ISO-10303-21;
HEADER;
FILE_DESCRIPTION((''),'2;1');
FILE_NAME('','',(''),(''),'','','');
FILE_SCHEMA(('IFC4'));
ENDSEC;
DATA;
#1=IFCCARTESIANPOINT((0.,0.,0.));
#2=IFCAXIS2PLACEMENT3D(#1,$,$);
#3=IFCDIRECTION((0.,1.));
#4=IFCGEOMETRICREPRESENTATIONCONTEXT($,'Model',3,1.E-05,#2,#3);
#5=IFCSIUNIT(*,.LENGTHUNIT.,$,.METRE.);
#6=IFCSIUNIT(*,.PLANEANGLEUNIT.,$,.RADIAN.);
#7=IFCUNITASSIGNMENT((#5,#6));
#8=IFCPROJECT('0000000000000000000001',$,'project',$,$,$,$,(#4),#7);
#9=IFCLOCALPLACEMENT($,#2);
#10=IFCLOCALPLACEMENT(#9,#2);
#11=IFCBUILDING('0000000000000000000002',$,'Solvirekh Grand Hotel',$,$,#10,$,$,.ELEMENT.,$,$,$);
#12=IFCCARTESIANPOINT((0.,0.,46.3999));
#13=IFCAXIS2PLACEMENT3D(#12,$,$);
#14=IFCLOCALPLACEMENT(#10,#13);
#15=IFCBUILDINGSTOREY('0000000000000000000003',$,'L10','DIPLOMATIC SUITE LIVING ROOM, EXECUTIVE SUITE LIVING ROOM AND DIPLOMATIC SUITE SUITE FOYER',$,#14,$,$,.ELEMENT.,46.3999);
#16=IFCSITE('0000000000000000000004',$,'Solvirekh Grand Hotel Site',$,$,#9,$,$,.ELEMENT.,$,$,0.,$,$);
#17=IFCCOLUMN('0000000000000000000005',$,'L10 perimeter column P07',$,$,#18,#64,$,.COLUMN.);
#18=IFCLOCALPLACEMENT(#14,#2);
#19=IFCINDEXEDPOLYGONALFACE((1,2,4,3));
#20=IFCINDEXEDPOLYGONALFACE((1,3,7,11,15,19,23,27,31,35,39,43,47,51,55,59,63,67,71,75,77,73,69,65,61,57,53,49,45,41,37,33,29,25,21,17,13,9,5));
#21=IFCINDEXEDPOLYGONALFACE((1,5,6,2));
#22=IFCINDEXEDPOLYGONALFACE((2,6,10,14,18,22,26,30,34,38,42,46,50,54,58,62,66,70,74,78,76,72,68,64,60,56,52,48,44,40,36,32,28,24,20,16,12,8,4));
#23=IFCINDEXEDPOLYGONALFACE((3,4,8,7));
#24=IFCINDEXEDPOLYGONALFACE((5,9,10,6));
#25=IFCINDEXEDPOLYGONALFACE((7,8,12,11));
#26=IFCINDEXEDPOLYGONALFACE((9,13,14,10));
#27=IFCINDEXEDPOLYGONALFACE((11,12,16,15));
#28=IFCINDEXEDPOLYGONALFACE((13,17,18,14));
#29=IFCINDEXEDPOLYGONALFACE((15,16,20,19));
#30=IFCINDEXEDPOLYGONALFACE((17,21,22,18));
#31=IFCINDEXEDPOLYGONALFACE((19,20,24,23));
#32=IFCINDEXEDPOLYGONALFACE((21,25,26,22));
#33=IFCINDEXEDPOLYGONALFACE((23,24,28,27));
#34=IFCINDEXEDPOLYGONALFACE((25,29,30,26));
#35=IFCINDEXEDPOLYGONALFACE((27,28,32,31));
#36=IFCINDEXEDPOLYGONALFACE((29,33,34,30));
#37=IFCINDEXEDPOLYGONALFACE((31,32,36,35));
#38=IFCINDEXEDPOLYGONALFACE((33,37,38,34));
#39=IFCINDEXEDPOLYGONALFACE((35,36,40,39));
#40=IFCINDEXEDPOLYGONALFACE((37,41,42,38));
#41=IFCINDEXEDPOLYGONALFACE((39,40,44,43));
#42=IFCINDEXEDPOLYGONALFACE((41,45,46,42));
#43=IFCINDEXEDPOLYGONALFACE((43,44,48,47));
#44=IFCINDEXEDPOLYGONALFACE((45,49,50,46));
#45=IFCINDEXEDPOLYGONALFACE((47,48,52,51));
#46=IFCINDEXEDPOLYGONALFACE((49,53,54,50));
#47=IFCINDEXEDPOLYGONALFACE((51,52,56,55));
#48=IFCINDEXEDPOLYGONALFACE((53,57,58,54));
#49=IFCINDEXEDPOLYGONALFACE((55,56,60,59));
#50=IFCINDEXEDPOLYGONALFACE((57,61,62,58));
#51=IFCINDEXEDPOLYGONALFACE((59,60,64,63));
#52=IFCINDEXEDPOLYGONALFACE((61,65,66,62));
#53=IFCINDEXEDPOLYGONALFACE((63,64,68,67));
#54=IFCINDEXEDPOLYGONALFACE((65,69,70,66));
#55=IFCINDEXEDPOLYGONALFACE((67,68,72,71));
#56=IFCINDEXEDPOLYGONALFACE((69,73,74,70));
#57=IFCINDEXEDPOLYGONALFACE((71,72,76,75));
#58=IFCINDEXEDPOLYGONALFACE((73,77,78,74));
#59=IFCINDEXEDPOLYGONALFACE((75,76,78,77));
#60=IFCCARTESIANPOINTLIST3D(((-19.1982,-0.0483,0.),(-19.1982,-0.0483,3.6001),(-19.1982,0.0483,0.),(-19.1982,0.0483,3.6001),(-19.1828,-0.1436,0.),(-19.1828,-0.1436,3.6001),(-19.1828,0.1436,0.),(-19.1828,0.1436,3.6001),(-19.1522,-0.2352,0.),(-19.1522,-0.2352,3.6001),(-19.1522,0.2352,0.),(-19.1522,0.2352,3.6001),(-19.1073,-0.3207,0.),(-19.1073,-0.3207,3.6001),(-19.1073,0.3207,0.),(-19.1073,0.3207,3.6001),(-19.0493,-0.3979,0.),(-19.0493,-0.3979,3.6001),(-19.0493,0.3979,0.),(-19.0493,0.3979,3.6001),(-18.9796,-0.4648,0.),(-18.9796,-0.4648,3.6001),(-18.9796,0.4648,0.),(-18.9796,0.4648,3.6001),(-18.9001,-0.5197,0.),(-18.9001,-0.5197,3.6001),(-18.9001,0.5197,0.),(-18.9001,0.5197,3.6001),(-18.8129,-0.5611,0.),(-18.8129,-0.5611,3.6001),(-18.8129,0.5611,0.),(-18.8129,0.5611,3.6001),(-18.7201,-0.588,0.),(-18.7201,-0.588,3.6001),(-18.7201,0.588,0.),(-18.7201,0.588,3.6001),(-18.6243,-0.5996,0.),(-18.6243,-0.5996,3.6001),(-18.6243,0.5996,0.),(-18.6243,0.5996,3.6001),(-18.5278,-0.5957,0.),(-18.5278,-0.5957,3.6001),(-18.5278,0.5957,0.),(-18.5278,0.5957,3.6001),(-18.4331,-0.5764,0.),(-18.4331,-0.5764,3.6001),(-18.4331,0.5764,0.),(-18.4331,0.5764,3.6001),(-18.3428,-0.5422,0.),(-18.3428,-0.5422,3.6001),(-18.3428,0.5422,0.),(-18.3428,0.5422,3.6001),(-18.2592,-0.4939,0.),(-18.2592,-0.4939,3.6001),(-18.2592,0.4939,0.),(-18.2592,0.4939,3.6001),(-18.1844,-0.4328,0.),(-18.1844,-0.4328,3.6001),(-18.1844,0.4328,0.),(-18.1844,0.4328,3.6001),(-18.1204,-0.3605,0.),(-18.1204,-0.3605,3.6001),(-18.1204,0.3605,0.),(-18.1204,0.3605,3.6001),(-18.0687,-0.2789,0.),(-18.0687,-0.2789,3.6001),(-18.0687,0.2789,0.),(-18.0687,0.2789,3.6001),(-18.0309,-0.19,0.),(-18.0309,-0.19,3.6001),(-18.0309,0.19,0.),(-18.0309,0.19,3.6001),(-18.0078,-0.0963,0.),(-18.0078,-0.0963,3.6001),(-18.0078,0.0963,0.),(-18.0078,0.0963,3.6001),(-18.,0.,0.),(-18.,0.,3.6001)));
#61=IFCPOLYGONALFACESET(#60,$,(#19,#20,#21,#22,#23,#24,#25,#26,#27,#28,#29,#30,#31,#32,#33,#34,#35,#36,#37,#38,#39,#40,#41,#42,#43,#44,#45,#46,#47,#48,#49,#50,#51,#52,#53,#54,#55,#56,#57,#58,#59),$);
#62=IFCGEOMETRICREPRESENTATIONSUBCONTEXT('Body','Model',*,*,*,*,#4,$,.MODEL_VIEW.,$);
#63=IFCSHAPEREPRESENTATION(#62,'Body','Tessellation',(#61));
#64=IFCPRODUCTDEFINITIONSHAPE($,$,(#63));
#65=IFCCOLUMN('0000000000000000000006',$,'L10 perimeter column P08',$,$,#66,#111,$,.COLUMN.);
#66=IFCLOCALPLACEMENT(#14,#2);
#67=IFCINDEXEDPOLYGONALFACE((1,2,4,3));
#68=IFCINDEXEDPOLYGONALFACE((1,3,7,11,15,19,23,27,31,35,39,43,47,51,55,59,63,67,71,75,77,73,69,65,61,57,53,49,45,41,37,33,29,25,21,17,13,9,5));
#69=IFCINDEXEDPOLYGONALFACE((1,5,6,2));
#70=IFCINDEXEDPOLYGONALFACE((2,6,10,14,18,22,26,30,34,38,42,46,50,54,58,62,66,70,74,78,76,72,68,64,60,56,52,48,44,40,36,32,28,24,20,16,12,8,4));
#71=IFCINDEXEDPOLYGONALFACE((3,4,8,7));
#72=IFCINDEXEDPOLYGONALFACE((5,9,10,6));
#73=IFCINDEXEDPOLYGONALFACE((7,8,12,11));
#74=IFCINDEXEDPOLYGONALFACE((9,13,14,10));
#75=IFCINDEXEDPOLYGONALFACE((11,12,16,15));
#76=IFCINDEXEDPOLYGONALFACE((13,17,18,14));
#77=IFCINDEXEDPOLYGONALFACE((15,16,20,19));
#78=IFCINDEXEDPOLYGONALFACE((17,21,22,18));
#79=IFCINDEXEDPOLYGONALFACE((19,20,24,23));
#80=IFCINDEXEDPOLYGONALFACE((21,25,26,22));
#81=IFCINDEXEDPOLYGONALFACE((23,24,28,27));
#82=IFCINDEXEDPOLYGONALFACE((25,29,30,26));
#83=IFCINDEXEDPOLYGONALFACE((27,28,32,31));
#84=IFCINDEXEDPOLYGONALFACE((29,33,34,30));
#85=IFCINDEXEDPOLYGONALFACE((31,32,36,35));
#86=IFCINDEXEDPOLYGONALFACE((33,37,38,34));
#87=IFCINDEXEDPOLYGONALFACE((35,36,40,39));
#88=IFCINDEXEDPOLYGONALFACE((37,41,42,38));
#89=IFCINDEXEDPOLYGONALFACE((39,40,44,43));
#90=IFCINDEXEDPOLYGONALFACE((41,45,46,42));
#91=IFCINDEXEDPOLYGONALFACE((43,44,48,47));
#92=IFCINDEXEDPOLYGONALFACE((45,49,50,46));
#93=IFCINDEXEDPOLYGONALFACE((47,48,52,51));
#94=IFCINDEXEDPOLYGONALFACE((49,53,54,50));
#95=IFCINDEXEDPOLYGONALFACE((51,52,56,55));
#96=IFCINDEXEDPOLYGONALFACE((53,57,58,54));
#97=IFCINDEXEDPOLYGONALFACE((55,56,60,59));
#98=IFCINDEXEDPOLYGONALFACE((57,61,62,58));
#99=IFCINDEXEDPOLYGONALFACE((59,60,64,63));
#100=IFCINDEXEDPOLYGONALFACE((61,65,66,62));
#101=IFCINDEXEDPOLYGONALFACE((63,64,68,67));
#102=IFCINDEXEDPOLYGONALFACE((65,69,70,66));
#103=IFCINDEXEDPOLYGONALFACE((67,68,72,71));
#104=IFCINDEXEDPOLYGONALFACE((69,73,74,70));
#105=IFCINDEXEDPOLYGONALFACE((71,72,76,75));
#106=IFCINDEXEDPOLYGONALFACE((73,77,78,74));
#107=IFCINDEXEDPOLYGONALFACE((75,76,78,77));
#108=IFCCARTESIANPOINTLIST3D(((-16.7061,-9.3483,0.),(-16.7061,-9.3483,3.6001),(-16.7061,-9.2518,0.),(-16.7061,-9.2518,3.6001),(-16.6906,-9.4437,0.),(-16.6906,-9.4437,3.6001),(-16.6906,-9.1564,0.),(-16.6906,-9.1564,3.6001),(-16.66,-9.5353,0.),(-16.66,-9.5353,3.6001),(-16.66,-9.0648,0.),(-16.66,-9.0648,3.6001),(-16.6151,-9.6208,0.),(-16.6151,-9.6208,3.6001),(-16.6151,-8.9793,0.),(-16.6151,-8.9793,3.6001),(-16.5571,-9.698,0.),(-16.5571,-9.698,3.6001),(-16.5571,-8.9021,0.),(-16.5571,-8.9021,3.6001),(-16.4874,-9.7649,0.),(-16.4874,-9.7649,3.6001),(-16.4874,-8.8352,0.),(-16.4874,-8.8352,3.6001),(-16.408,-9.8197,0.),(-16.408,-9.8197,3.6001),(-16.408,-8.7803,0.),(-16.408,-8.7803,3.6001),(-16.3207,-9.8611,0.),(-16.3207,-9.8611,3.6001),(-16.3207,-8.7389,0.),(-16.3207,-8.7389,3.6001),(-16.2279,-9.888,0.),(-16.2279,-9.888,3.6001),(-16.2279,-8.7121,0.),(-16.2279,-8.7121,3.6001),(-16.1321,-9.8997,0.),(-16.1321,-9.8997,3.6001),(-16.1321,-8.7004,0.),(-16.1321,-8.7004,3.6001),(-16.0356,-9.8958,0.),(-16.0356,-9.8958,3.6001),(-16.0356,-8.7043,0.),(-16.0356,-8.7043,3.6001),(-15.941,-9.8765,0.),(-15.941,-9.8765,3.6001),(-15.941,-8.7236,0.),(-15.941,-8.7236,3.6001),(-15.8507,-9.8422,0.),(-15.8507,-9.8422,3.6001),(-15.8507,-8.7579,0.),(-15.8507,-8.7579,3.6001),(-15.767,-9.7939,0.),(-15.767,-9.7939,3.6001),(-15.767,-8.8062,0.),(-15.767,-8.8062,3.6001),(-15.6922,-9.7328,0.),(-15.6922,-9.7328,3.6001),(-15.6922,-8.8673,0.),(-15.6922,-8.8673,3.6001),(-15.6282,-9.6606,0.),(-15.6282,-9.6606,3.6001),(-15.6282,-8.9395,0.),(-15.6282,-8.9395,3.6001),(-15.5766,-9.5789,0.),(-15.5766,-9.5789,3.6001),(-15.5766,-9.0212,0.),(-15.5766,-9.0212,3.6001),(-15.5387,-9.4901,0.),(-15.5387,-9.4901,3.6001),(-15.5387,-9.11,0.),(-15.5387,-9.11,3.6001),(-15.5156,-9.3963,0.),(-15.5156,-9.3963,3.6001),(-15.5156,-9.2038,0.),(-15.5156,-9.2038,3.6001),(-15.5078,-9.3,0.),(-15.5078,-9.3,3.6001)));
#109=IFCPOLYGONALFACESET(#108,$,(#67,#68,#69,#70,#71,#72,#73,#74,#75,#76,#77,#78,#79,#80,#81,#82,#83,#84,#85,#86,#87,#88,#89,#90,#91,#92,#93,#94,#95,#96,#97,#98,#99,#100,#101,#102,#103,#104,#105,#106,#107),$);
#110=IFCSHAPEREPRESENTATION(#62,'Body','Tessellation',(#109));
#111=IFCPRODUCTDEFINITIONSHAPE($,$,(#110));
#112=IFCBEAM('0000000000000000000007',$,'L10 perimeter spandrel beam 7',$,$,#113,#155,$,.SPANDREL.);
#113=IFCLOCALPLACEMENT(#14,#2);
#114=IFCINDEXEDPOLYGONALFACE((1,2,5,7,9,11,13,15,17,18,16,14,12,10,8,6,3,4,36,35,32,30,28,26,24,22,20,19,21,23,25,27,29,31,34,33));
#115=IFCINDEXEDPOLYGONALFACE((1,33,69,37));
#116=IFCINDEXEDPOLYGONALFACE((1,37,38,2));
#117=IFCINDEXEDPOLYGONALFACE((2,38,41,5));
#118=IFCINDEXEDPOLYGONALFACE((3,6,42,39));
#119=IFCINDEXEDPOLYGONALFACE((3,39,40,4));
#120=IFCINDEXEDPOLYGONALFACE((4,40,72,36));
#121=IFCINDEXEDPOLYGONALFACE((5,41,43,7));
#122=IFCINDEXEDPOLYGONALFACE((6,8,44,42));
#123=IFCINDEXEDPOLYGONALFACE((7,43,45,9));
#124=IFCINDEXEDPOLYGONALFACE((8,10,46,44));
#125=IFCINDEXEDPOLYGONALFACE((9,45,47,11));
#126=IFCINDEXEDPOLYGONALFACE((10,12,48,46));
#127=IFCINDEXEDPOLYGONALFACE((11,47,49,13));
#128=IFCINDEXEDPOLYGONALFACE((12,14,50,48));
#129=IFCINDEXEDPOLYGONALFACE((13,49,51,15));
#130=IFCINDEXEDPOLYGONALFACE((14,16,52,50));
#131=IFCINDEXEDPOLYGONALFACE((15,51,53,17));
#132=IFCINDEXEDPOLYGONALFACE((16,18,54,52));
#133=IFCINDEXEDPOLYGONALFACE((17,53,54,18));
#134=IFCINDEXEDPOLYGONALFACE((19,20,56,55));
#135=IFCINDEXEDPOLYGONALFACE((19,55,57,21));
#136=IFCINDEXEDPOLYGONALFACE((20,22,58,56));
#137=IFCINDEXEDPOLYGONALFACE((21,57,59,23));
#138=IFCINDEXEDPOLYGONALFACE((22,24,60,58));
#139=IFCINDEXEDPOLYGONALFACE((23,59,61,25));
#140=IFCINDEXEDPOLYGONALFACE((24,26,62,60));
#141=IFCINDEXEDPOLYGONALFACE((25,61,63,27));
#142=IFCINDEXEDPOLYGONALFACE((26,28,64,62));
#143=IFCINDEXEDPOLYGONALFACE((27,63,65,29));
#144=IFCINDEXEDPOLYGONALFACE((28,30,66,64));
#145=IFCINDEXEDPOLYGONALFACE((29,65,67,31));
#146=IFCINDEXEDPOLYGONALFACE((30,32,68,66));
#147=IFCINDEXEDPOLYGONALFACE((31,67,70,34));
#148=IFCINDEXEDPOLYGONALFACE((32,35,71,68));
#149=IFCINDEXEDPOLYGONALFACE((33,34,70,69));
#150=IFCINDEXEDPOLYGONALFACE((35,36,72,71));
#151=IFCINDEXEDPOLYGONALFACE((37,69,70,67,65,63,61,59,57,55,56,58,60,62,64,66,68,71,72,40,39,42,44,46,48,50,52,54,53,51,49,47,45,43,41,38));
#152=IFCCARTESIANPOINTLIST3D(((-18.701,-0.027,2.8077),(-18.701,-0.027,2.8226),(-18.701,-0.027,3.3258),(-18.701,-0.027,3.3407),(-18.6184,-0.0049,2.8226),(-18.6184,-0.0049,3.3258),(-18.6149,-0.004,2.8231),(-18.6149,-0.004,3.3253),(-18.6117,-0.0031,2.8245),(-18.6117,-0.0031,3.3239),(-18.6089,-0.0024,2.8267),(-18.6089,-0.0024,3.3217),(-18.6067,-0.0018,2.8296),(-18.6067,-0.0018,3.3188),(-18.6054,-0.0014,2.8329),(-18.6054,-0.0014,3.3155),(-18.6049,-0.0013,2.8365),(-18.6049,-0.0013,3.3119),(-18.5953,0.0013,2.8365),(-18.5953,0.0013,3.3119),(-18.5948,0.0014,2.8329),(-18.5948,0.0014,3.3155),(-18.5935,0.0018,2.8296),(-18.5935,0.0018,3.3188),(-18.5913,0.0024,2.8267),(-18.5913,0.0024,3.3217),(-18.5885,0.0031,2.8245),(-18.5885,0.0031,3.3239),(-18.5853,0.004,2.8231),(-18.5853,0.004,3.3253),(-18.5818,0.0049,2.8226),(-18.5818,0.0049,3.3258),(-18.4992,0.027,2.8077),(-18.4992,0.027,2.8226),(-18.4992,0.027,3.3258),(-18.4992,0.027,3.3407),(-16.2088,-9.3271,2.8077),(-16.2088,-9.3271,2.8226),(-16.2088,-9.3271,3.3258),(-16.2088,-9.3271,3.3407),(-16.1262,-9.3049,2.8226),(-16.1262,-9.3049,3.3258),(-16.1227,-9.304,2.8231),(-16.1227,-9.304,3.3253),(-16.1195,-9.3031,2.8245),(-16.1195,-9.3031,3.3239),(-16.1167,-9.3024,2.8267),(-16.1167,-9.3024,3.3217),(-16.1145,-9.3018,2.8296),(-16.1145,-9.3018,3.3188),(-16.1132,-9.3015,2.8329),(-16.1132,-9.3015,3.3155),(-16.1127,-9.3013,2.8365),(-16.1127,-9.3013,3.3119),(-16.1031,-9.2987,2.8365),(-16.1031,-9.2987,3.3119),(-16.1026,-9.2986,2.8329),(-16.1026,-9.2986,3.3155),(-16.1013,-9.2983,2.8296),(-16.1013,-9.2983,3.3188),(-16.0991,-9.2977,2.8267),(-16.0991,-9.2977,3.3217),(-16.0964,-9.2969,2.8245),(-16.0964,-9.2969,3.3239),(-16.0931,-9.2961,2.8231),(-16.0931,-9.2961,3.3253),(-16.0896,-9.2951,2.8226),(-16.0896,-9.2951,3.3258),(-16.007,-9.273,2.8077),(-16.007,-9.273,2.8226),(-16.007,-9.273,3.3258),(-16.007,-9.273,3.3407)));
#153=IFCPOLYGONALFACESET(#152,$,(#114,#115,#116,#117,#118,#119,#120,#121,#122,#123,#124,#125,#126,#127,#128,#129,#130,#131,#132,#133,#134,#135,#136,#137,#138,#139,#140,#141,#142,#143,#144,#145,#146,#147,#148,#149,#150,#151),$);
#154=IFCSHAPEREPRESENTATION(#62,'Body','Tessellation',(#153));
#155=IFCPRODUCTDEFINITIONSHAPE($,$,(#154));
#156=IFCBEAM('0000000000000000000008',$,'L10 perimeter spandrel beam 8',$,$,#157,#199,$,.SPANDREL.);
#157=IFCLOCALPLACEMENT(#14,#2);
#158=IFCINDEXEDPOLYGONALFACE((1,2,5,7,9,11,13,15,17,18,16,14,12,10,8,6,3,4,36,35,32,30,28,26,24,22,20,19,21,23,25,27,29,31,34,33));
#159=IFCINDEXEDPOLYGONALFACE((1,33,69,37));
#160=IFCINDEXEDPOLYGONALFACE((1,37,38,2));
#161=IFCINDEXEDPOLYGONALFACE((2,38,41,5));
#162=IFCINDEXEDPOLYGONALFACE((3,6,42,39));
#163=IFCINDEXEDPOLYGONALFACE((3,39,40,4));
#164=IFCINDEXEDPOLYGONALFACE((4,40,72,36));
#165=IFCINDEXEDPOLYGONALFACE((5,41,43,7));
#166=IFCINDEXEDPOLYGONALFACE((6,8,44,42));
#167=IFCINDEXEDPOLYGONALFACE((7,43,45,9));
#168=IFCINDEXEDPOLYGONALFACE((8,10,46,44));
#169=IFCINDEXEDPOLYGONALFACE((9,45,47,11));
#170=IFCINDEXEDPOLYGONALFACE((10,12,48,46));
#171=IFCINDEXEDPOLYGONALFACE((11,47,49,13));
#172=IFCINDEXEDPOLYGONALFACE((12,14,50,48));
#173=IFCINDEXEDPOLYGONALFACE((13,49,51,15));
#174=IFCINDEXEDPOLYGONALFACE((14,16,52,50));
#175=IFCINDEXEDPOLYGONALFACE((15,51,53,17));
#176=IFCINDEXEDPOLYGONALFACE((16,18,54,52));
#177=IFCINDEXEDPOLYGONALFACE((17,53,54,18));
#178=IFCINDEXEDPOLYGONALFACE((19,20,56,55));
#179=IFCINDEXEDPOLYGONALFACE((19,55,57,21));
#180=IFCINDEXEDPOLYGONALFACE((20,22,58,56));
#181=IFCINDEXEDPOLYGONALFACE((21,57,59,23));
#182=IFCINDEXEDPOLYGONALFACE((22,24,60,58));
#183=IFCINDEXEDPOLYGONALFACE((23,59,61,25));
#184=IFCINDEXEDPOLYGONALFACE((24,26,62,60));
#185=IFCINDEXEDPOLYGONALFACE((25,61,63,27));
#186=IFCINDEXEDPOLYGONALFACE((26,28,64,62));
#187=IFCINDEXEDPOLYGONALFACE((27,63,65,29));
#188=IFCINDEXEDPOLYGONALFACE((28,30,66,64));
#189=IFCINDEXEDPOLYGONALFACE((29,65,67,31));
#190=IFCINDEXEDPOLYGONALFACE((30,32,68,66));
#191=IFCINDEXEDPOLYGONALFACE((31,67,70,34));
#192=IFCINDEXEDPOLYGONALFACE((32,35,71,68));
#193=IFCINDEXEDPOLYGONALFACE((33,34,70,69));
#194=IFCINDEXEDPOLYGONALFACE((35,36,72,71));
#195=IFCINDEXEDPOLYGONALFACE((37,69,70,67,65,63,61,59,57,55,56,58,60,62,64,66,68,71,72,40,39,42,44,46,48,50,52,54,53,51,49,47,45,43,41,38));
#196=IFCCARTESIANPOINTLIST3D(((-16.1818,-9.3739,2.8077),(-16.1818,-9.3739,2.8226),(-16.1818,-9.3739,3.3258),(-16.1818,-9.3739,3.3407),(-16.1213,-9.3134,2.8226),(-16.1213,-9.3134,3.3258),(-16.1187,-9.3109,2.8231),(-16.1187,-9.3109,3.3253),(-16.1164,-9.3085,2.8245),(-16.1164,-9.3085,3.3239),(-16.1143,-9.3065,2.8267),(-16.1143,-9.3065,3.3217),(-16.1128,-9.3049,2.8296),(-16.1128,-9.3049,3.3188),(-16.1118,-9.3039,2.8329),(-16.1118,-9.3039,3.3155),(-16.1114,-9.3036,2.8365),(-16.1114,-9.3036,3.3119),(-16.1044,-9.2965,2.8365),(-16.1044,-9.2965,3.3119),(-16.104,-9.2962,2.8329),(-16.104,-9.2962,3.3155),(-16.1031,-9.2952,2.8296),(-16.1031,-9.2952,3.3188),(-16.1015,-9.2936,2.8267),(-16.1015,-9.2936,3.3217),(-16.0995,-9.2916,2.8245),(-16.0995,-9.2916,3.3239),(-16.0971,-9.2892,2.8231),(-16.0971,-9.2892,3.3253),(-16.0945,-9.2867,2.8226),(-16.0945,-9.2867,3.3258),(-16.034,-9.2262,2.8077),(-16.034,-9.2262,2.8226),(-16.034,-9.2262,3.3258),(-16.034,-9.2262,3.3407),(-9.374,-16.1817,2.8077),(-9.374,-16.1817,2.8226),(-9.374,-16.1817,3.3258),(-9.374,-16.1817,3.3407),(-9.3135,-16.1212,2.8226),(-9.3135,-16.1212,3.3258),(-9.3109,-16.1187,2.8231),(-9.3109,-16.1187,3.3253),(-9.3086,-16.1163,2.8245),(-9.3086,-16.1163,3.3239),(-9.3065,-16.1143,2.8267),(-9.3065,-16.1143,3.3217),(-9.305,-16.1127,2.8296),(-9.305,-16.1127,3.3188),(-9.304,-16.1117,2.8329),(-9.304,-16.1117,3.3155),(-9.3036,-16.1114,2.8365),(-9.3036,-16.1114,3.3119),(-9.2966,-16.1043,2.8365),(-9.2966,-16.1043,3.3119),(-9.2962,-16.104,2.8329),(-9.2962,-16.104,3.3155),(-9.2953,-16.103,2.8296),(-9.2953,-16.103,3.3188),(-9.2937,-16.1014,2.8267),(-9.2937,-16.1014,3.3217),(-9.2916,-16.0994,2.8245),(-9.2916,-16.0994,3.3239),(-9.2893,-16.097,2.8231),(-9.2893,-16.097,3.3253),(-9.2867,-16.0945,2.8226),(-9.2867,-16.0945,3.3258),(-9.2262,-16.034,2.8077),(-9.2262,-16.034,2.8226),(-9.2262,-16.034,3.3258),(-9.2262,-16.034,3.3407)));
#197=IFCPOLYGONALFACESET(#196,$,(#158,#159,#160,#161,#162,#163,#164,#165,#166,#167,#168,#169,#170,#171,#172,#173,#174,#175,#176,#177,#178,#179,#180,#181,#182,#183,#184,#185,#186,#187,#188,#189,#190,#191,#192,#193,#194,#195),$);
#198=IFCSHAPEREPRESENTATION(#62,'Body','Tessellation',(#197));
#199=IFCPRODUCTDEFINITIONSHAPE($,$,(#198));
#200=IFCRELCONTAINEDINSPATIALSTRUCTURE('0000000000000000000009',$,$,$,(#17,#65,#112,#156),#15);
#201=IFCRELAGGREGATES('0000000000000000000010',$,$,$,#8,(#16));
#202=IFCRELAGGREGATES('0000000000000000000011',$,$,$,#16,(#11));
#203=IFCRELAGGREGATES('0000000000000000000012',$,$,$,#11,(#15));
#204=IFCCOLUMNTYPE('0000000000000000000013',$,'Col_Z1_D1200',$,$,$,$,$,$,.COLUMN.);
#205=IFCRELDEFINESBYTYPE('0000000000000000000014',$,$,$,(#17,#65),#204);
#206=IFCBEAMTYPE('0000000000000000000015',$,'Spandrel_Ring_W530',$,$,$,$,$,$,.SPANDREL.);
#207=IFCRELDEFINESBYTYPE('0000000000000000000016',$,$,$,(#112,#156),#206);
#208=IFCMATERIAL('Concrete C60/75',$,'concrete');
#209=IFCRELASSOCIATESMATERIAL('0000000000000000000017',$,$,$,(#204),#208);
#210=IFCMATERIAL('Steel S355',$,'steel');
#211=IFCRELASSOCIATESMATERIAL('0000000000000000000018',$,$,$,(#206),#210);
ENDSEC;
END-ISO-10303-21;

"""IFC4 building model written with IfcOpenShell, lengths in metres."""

from ifc_helpers import new_model, si_unit, direction, frame, origin, origin_2d, place, context, subcontext, project, spatial, circle, i_section, extrude, material, material_profile, profile_set, type_object, element, save


model = new_model("IFC4")

# Units and contexts
model_context = context("Model", 3, precision=1e-05, world=origin(), true_north=direction((0.0, 1.0)))
body_context = subcontext(model_context, "Body", "Model", "MODEL_VIEW")
ifc_project = project(units=[si_unit("LENGTHUNIT", "METRE"), si_unit("PLANEANGLEUNIT", "RADIAN")], contexts=[model_context])

# Site, building, storey
site_placement = place(None, origin())
site = spatial("IfcSite", under=ifc_project, at=site_placement, Name="Solvirekh Grand Hotel Site", CompositionType="ELEMENT", RefElevation=0.0)
building_placement = place(site_placement, origin())
building = spatial("IfcBuilding", under=site, at=building_placement, Name="Solvirekh Grand Hotel", CompositionType="ELEMENT")
storey_placement = place(building_placement, frame((0.0, 0.0, 46.3999)))
storey = spatial("IfcBuildingStorey", under=building, at=storey_placement, Name="L10", Description="DIPLOMATIC SUITE LIVING ROOM, EXECUTIVE SUITE LIVING ROOM AND DIPLOMATIC SUITE SUITE FOYER", CompositionType="ELEMENT", Elevation=46.3999)

# Columns
ifc_material_1 = material(Name="Concrete C60/75", Category="concrete")
ifc_material_profile_1 = material_profile(ifc_material_1, circle(Radius=0.6001, at=origin_2d()), Name="RC CIRC D1200")
ifc_profile_set_1 = profile_set([ifc_material_profile_1], Name="Concrete C60/75")
column_type = type_object("IfcColumnType", Name="Col_Z1_D1200", PredefinedType="COLUMN", material=ifc_profile_set_1)
for number, where, z_axis, x_axis, name in (
    (1, (-18.6001, 0.0, 0.0), (0.0, 0.0, 1.0), (1.0, 0.0, 0.0), "L10 perimeter column P07"),
    (2, (-16.1079, -9.3, 0.0), (0.0, 0.0, 1.0), (1.0, 0.0, 0.0), "L10 perimeter column P08"),
):
    element("IfcColumn", number, at=place(storey_placement, frame(where, z_axis=z_axis, x_axis=x_axis)), inside=storey, type_object=column_type, Name=name, PredefinedType="COLUMN", context=body_context, shape_type="SweptSolid", body=[
        extrude(circle(Radius=0.6001, at=origin_2d()), origin(), (0.0, 0.0, 1.0), 3.6001),
    ])

# Beams
ifc_material_2 = material(Name="Steel S355", Category="steel")
ifc_material_profile_2 = material_profile(ifc_material_2, i_section(OverallWidth=0.209, OverallDepth=0.533, WebThickness=0.01, FlangeThickness=0.0149, FilletRadius=0.0139, at=origin_2d()), Name="W530X92")
ifc_profile_set_2 = profile_set([ifc_material_profile_2], Name="Steel S355")
beam_type = type_object("IfcBeamType", Name="Spandrel_Ring_W530", PredefinedType="SPANDREL", material=ifc_profile_set_2)
beam_1_placement = place(storey_placement, frame((-18.6001, 0.0, 3.0742), z_axis=(0.258843, -0.965919, 0.0), x_axis=(0.965919, 0.258843, 0.0)))
element("IfcBeam", 3, at=beam_1_placement, inside=storey, type_object=beam_type, Name="L10 perimeter spandrel beam 7", PredefinedType="SPANDREL", context=body_context, shape_type="SweptSolid", body=[
    extrude(i_section(OverallWidth=0.209, OverallDepth=0.533, WebThickness=0.01, FlangeThickness=0.0149, FilletRadius=0.0139, at=origin_2d()), origin(), (0.0, 0.0, 1.0), 9.6282),
])
beam_2_placement = place(storey_placement, frame((-16.1079, -9.3, 3.0742), z_axis=(0.707107, -0.707107, 0.0), x_axis=(0.707107, 0.707107, 0.0)))
element("IfcBeam", 4, at=beam_2_placement, inside=storey, type_object=beam_type, Name="L10 perimeter spandrel beam 8", PredefinedType="SPANDREL", context=body_context, shape_type="SweptSolid", body=[
    extrude(i_section(OverallWidth=0.209, OverallDepth=0.533, WebThickness=0.01, FlangeThickness=0.0149, FilletRadius=0.0139, at=origin_2d()), origin(), (0.0, 0.0, 1.0), 9.6277),
])

save(model, "model.ifc")
